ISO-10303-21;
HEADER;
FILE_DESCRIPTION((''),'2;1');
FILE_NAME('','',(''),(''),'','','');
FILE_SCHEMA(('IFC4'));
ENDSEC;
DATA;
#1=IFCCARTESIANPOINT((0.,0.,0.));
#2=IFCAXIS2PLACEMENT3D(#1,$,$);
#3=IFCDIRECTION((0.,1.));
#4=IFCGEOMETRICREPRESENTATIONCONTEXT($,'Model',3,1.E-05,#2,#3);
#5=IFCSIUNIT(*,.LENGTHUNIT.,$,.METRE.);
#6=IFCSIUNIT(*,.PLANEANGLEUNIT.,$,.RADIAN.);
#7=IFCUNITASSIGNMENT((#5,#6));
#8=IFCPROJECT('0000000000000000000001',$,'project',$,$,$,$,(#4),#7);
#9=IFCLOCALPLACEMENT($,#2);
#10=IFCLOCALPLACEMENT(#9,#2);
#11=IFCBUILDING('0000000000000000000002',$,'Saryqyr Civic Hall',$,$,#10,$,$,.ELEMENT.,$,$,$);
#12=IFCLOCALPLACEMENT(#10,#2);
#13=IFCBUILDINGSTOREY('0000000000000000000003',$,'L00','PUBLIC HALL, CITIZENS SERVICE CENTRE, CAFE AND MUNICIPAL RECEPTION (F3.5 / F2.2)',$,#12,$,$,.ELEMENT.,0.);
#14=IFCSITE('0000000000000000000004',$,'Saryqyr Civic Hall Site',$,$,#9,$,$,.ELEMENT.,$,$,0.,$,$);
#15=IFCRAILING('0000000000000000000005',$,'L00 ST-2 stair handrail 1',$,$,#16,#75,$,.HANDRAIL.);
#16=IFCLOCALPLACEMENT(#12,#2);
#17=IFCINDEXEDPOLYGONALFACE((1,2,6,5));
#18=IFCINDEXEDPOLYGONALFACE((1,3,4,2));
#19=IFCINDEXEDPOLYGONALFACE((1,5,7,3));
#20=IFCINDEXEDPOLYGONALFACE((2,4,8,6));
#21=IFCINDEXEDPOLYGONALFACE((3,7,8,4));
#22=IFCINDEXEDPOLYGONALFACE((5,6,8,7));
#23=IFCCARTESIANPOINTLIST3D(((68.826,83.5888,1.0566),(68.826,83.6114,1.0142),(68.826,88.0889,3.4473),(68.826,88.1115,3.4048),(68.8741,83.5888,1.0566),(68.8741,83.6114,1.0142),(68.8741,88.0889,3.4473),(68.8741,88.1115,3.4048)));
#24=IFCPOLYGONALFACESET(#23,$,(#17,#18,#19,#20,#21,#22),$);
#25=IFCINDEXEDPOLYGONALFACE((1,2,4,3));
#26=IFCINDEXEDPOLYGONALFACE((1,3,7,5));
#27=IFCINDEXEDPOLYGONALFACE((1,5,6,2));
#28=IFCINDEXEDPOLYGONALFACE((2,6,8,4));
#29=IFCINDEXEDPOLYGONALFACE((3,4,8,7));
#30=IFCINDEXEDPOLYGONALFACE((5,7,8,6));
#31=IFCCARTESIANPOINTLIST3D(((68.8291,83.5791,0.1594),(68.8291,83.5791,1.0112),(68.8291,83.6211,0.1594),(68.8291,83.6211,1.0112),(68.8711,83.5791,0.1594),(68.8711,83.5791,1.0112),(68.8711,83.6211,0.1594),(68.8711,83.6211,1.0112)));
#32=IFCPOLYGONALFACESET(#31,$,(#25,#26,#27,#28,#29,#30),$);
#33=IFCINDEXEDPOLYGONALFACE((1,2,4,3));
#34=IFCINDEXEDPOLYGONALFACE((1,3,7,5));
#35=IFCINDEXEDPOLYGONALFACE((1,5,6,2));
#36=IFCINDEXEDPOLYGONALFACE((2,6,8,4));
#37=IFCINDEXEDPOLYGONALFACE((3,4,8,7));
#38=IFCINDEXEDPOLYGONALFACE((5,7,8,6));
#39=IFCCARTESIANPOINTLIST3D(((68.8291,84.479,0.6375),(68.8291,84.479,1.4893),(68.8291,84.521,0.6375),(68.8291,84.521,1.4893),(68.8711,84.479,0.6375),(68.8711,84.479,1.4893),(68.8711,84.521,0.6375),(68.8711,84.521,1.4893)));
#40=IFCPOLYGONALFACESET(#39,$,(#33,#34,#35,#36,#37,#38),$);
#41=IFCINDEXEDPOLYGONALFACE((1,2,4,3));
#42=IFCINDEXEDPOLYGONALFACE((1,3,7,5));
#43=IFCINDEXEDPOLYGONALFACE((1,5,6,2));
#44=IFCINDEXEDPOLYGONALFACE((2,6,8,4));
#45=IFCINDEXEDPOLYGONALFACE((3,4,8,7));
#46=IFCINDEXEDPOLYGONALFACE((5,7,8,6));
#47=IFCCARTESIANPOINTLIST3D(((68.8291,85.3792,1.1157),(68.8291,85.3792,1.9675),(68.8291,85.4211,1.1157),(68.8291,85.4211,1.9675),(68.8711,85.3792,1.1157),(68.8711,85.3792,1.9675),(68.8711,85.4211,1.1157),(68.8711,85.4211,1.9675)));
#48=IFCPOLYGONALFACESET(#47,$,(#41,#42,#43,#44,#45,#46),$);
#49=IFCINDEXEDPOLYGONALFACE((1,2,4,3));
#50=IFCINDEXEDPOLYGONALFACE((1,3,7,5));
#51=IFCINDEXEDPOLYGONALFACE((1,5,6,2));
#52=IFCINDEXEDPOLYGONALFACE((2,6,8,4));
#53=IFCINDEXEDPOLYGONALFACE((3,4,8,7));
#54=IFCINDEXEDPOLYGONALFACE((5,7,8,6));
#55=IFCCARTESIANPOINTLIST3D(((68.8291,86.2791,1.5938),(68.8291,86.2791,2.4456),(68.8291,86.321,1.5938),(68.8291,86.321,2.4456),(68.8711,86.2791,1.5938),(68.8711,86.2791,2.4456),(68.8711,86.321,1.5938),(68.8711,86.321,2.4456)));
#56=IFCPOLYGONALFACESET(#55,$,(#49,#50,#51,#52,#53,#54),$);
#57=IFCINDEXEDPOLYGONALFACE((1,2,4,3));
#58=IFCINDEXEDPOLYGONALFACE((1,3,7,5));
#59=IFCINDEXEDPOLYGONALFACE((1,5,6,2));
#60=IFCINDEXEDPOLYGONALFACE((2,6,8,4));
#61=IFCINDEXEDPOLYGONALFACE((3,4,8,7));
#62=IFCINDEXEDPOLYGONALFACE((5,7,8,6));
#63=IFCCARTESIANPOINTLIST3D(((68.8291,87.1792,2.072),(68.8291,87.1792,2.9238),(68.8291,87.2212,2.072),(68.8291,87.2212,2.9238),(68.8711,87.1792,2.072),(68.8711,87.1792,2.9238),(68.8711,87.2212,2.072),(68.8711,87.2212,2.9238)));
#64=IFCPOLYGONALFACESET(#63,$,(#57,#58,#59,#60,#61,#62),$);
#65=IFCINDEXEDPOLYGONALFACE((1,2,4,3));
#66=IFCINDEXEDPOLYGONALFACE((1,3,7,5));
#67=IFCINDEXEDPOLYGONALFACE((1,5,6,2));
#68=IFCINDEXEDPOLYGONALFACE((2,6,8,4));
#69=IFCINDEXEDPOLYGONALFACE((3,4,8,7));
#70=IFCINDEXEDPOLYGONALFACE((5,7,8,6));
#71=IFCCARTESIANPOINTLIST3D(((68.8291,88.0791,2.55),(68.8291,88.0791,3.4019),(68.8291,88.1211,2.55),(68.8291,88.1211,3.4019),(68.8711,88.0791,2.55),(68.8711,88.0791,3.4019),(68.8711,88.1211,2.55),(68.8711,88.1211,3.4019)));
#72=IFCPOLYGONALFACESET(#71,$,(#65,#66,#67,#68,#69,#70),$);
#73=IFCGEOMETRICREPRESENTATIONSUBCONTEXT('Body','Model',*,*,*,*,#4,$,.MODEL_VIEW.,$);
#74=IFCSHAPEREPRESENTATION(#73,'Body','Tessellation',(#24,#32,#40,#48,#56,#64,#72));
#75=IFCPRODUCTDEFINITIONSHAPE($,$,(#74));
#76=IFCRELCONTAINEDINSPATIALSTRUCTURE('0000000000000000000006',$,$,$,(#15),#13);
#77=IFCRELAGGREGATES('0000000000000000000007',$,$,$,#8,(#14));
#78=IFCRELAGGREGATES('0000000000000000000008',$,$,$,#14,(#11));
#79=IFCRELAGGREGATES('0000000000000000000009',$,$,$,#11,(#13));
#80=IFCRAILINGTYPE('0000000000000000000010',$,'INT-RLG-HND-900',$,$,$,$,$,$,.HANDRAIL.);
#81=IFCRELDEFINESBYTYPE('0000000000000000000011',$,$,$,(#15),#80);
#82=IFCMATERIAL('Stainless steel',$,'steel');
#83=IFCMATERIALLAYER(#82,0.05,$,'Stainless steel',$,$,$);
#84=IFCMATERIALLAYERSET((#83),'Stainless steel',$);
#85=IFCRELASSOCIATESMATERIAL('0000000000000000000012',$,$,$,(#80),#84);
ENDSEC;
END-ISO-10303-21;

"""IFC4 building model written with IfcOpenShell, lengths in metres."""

from ifc_helpers import new_model, si_unit, direction, frame, origin, origin_2d, place, context, subcontext, project, spatial, rectangle, extrude, material, layer, layer_set, type_object, element, save


model = new_model("IFC4")

# Units and contexts
model_context = context("Model", 3, precision=1e-05, world=origin(), true_north=direction((0.0, 1.0)))
body_context = subcontext(model_context, "Body", "Model", "MODEL_VIEW")
ifc_project = project(units=[si_unit("LENGTHUNIT", "METRE"), si_unit("PLANEANGLEUNIT", "RADIAN")], contexts=[model_context])

# Site, building, storey
site_placement = place(None, origin())
site = spatial("IfcSite", under=ifc_project, at=site_placement, Name="Saryqyr Civic Hall Site", CompositionType="ELEMENT", RefElevation=0.0)
building_placement = place(site_placement, origin())
building = spatial("IfcBuilding", under=site, at=building_placement, Name="Saryqyr Civic Hall", CompositionType="ELEMENT")
storey_placement = place(building_placement, origin())
storey = spatial("IfcBuildingStorey", under=building, at=storey_placement, Name="L00", Description="PUBLIC HALL, CITIZENS SERVICE CENTRE, CAFE AND MUNICIPAL RECEPTION (F3.5 / F2.2)", CompositionType="ELEMENT", Elevation=0.0)

# Railing
ifc_material_1 = material(Name="Stainless steel", Category="steel")
ifc_layer_1 = layer(ifc_material_1, 0.05, Name="Stainless steel")
ifc_layer_set_1 = layer_set([ifc_layer_1], Name="Stainless steel")
railing_type = type_object("IfcRailingType", Name="INT-RLG-HND-900", PredefinedType="HANDRAIL", material=ifc_layer_set_1)
railing_placement = place(storey_placement, frame((68.8501, 83.6001, 0.1594)))
element("IfcRailing", 1, at=railing_placement, inside=storey, type_object=railing_type, Name="L00 ST-2 stair handrail 1", PredefinedType="HANDRAIL", context=body_context, shape_type="SweptSolid", body=[
    extrude(rectangle(XDim=0.0481, YDim=0.0481, at=origin_2d()), frame((0.0, 0.0, 0.876), z_axis=(0.0, 0.883116, 0.469155), x_axis=(-1.0, 0.0, 0.0)), (0.0, 0.0, 1.0), 5.0957),
    extrude(rectangle(XDim=0.042, YDim=0.042, at=origin_2d()), origin(), (0.0, 0.0, 1.0), 0.8518),
    extrude(rectangle(XDim=0.042, YDim=0.042, at=origin_2d()), frame((0.0, 0.8999, 0.478)), (0.0, 0.0, 1.0), 0.8518),
    extrude(rectangle(XDim=0.042, YDim=0.042, at=origin_2d()), frame((0.0, 1.8, 0.9563)), (0.0, 0.0, 1.0), 0.8518),
    extrude(rectangle(XDim=0.042, YDim=0.042, at=origin_2d()), frame((0.0, 2.7, 1.4343)), (0.0, 0.0, 1.0), 0.8518),
    extrude(rectangle(XDim=0.042, YDim=0.042, at=origin_2d()), frame((0.0, 3.6001, 1.9126)), (0.0, 0.0, 1.0), 0.8518),
    extrude(rectangle(XDim=0.042, YDim=0.042, at=origin_2d()), frame((0.0, 4.5, 2.3906)), (0.0, 0.0, 1.0), 0.8518),
])

save(model, "model.ifc")
